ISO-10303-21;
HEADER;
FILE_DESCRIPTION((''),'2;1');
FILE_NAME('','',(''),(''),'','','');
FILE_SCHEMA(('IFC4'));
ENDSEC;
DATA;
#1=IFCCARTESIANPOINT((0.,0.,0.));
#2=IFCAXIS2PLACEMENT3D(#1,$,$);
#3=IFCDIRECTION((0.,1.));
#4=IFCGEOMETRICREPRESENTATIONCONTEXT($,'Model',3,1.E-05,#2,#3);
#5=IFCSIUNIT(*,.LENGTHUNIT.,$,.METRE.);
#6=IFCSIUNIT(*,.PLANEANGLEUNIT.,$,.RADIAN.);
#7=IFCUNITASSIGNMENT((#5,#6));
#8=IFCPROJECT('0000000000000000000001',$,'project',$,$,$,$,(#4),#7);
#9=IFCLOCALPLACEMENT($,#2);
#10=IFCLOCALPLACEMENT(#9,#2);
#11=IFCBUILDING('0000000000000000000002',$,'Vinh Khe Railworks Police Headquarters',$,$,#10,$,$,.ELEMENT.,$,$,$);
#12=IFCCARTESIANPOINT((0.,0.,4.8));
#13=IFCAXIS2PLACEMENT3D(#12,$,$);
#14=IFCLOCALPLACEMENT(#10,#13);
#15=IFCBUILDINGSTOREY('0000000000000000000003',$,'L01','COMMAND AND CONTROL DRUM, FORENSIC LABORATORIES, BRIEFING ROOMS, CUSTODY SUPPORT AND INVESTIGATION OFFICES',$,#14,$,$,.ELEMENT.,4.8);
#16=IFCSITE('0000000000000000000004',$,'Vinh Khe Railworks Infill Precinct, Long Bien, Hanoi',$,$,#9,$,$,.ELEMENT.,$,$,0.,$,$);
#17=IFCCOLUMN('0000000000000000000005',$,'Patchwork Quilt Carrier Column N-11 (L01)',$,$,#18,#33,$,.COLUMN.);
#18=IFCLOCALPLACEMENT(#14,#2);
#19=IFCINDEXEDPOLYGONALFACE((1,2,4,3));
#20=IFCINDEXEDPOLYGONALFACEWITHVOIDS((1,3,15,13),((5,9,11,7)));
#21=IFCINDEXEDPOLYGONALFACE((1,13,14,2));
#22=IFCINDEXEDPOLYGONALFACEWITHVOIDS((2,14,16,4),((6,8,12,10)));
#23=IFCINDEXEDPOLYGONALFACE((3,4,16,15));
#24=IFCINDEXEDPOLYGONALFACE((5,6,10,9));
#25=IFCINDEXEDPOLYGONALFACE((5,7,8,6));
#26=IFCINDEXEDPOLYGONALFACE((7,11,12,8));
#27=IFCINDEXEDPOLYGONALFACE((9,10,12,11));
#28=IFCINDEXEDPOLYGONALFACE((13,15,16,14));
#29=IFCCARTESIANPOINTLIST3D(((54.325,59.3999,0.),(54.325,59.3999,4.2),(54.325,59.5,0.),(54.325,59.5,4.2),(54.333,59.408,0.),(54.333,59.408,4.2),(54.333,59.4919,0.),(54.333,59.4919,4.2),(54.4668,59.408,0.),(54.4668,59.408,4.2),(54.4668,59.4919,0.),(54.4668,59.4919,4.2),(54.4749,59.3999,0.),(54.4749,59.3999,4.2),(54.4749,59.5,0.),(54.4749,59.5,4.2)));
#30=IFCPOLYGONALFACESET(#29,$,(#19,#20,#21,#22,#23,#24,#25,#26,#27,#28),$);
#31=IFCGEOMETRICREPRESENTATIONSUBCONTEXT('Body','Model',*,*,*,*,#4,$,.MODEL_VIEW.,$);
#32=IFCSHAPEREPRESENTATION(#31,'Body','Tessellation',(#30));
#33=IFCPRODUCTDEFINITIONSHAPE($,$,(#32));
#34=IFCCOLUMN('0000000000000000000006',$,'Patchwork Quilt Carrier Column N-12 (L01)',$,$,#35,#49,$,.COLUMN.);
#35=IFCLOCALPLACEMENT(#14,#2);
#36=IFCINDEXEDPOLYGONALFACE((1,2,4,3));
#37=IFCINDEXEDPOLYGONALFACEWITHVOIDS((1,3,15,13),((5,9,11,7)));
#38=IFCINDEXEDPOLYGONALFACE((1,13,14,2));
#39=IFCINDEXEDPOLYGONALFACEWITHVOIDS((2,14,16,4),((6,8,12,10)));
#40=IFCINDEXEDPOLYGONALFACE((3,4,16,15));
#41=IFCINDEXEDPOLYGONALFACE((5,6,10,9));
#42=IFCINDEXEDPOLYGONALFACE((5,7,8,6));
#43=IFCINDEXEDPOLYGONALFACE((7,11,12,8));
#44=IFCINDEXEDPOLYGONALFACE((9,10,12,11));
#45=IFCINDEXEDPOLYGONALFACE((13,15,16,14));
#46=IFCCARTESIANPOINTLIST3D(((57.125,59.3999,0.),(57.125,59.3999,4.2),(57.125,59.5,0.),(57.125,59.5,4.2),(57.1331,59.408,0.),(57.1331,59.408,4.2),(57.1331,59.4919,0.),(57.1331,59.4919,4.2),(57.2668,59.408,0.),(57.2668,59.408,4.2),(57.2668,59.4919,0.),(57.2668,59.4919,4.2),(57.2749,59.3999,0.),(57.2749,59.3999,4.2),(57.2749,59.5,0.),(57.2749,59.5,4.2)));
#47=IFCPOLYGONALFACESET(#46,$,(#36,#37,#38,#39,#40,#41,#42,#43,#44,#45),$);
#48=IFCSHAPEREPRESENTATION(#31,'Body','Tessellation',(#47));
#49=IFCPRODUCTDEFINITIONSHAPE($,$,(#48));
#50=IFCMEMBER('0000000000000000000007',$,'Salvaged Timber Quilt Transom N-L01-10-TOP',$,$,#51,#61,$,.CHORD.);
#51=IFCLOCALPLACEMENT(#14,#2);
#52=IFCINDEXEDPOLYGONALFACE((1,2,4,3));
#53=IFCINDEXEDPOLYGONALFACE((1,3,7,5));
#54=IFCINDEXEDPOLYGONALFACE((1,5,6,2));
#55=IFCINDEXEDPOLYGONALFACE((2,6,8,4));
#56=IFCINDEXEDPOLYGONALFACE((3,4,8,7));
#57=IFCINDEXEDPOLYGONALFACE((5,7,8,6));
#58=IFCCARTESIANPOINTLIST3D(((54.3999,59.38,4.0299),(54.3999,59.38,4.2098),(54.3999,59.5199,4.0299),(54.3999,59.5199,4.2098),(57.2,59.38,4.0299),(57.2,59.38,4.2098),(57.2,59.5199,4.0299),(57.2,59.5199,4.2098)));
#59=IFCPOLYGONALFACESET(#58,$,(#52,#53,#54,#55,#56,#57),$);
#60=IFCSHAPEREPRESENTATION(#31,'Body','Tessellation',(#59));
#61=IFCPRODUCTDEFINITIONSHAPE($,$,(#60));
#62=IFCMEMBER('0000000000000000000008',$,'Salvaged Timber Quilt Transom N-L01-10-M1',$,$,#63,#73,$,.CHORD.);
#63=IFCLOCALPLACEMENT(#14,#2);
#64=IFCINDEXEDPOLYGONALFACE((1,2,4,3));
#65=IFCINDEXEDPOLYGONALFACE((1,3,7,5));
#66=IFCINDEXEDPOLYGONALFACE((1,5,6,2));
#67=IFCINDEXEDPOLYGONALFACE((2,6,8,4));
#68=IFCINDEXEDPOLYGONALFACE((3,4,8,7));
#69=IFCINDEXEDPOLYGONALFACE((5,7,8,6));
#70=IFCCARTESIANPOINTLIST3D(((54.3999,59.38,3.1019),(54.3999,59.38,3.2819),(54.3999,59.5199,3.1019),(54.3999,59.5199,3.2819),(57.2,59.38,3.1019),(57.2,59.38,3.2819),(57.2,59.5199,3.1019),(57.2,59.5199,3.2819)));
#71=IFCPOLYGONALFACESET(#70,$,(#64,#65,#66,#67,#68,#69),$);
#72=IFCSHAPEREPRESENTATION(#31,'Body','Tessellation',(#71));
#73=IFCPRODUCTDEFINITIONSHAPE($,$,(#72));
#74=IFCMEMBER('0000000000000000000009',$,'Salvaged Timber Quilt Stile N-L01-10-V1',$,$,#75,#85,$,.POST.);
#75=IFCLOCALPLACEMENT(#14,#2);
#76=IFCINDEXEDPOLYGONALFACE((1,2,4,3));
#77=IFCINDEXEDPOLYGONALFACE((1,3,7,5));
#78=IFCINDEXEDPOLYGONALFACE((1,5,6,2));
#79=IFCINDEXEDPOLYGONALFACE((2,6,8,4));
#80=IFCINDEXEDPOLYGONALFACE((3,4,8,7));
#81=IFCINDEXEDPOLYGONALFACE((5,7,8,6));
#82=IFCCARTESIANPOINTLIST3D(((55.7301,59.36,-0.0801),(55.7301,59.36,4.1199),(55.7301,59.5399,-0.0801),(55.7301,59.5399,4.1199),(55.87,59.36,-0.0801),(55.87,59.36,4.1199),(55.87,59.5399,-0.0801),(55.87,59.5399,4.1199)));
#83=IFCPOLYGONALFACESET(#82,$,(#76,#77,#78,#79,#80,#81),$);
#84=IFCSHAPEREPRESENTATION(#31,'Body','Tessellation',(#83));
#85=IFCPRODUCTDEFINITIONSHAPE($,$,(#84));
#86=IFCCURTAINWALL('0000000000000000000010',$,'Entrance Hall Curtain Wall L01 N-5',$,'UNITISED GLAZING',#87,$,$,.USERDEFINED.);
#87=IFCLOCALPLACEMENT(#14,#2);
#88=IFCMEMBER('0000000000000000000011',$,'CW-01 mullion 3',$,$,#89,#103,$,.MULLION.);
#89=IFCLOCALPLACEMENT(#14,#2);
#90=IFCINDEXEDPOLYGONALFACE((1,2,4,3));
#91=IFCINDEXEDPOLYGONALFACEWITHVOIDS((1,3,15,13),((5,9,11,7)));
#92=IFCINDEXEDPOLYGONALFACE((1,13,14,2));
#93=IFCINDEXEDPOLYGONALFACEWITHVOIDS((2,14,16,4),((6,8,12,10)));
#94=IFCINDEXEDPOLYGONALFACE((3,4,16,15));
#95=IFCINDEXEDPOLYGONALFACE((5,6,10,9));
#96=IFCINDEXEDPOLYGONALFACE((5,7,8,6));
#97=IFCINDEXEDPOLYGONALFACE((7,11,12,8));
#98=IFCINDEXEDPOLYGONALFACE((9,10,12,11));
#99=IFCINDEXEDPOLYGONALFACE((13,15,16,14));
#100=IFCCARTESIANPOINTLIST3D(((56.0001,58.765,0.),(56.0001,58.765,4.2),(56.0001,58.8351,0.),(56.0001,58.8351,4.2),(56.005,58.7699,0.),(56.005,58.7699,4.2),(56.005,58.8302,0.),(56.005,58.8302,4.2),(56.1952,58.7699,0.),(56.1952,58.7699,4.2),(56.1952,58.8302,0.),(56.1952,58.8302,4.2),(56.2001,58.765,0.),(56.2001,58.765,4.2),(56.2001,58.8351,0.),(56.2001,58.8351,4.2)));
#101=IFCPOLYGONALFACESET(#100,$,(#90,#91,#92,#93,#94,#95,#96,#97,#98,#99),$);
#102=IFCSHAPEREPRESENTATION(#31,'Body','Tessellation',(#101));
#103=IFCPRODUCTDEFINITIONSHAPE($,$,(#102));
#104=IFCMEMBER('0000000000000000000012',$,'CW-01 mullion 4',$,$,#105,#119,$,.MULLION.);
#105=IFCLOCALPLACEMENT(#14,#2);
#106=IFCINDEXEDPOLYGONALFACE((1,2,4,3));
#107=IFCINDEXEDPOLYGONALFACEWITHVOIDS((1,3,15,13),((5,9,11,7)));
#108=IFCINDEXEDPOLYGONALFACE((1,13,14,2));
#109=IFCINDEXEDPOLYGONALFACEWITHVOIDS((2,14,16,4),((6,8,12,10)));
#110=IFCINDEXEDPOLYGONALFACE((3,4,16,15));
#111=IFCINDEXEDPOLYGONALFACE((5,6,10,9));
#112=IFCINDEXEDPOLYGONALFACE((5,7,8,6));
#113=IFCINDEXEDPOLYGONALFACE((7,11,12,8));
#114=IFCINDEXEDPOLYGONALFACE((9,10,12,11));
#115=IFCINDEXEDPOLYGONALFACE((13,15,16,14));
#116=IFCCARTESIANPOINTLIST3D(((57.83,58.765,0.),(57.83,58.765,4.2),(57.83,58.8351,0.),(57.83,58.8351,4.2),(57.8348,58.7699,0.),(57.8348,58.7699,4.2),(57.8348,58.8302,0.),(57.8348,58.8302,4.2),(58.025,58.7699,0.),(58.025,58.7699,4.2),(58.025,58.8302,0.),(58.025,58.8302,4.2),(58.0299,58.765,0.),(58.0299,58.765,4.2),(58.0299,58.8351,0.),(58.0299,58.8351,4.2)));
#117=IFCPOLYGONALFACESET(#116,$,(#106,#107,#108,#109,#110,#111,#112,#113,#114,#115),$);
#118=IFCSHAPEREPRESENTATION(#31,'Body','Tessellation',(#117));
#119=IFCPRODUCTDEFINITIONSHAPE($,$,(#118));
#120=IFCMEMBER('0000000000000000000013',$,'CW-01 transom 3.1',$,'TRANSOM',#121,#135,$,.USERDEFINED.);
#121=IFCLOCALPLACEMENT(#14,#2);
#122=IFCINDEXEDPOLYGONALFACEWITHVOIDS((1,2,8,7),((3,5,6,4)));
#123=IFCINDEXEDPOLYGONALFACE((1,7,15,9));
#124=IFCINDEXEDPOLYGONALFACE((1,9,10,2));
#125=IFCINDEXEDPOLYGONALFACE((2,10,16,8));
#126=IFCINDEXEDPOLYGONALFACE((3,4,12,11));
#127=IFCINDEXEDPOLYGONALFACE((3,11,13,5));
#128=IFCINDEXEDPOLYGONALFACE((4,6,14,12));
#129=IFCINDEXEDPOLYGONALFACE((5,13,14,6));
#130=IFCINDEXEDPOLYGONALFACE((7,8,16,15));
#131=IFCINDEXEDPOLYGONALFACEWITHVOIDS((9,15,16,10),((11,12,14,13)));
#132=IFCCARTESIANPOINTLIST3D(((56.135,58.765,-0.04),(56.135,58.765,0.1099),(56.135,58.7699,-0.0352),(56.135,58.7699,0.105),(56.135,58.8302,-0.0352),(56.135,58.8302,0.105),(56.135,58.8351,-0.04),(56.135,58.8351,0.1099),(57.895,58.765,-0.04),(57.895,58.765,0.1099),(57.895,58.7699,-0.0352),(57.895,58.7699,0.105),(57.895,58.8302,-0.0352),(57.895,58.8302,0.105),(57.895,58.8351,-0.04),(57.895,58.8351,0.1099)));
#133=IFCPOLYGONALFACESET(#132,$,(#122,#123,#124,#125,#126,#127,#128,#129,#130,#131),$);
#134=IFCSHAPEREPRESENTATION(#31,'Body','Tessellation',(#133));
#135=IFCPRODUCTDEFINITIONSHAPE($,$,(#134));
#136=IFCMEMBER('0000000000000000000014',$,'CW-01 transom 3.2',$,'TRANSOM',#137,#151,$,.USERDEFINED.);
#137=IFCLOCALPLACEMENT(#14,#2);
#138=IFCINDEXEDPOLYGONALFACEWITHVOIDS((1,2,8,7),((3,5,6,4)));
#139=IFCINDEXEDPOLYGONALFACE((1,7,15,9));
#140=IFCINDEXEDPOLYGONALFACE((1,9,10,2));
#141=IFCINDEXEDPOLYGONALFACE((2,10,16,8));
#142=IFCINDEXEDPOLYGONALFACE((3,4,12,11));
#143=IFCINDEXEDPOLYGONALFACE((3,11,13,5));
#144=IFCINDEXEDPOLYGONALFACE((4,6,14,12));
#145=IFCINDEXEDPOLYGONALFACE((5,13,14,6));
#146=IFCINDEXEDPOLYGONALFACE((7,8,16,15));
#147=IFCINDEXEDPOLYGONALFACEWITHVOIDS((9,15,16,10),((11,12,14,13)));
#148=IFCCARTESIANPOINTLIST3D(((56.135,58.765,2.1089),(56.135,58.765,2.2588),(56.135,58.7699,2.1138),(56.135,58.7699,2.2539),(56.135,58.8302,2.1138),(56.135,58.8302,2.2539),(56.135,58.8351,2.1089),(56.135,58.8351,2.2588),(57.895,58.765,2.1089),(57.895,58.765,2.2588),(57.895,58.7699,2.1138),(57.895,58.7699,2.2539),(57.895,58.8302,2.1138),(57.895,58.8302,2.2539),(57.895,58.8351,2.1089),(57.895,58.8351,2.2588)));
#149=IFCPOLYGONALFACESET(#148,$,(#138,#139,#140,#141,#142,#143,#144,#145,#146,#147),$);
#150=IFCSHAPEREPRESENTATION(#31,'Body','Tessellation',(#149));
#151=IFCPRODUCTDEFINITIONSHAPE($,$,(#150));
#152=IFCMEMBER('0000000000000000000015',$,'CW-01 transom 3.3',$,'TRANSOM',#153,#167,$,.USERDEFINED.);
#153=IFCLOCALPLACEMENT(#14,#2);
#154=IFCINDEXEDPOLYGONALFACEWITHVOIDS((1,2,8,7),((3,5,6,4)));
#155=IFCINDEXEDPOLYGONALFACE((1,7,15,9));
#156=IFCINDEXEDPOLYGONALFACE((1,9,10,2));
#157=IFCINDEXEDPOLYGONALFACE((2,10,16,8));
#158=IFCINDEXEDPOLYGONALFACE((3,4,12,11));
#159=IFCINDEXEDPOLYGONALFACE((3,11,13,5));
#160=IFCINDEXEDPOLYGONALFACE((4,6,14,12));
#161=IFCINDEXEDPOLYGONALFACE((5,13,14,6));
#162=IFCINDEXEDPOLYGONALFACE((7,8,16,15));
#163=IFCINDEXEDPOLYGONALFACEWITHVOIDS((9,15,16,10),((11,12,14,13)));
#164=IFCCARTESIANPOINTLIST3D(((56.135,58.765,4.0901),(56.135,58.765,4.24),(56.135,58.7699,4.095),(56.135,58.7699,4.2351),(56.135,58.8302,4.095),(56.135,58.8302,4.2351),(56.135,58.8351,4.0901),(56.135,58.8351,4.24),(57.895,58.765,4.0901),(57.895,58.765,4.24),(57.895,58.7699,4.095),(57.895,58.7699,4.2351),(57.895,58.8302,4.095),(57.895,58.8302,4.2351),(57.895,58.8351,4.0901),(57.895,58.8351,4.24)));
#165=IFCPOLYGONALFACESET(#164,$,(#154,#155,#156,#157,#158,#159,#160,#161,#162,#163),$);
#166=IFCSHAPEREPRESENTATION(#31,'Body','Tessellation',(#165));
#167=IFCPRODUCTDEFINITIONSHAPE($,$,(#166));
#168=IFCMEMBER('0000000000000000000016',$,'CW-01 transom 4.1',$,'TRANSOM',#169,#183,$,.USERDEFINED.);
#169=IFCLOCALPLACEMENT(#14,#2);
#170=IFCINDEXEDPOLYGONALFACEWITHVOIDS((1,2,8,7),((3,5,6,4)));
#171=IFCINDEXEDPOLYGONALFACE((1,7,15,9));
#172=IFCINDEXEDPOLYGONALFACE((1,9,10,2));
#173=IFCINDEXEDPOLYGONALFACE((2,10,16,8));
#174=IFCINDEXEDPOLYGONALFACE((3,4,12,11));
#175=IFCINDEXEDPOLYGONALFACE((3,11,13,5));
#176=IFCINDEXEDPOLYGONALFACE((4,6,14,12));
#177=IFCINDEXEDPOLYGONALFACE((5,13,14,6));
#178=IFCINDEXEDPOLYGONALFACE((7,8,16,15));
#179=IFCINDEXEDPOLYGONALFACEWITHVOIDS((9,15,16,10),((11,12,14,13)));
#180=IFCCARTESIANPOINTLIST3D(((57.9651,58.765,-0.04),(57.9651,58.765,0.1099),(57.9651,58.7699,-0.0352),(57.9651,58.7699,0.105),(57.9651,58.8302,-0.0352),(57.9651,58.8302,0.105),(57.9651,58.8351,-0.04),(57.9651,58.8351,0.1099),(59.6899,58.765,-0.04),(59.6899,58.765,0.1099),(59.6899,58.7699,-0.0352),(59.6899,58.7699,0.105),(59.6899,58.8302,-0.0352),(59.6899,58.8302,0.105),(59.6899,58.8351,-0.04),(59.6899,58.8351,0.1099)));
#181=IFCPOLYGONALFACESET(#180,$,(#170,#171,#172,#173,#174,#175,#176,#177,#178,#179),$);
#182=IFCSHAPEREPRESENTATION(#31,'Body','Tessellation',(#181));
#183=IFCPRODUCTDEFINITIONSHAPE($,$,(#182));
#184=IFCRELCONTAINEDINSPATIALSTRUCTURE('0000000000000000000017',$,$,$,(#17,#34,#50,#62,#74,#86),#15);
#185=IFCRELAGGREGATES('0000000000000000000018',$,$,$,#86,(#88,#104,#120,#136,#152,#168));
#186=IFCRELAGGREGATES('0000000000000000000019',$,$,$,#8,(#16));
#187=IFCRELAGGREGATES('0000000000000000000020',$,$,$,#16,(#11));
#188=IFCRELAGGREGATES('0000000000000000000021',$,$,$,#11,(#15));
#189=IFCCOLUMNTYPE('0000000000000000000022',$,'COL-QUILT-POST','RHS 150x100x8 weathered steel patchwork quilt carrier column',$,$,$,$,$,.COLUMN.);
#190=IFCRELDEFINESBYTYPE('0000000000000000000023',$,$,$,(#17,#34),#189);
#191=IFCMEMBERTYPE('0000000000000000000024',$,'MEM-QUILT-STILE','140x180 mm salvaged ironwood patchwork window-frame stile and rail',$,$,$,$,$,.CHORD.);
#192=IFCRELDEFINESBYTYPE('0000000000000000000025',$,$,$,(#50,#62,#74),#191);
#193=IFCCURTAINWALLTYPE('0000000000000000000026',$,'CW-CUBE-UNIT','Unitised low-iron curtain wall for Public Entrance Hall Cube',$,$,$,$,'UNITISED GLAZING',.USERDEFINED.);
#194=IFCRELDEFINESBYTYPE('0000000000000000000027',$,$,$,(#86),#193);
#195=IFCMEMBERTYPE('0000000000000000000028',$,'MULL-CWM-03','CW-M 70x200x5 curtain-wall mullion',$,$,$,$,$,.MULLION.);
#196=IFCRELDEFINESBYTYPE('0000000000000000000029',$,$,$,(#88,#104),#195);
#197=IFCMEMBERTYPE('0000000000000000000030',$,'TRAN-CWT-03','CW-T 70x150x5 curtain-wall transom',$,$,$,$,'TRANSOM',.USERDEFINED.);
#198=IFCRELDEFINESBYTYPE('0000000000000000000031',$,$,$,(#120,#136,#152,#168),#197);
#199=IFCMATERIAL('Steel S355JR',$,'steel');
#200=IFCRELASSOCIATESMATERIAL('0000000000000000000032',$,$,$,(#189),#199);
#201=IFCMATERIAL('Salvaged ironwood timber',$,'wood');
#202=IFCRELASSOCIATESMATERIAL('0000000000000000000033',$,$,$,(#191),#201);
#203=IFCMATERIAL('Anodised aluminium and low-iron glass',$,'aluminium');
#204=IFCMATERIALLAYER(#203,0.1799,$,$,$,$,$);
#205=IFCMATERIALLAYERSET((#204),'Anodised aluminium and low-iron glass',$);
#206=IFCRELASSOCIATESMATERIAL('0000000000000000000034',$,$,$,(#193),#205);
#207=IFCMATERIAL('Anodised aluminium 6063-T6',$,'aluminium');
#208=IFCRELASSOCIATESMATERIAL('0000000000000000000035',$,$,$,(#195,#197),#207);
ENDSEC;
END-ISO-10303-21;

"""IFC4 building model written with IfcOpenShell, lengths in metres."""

from ifc_helpers import new_model, si_unit, direction, frame, origin, origin_2d, place, context, subcontext, project, spatial, rectangle, hollow_rectangle, extrude, material, layer, layer_set, material_profile, profile_set, type_object, element, aggregate, save


model = new_model("IFC4")

# Units and contexts
model_context = context("Model", 3, precision=1e-05, world=origin(), true_north=direction((0.0, 1.0)))
body_context = subcontext(model_context, "Body", "Model", "MODEL_VIEW")
ifc_project = project(units=[si_unit("LENGTHUNIT", "METRE"), si_unit("PLANEANGLEUNIT", "RADIAN")], contexts=[model_context])

# Site, building, storey
site_placement = place(None, origin())
site = spatial("IfcSite", under=ifc_project, at=site_placement, Name="Vinh Khe Railworks Infill Precinct, Long Bien, Hanoi", CompositionType="ELEMENT", RefElevation=0.0)
building_placement = place(site_placement, origin())
building = spatial("IfcBuilding", under=site, at=building_placement, Name="Vinh Khe Railworks Police Headquarters", CompositionType="ELEMENT")
storey_placement = place(building_placement, frame((0.0, 0.0, 4.8)))
storey = spatial("IfcBuildingStorey", under=building, at=storey_placement, Name="L01", Description="COMMAND AND CONTROL DRUM, FORENSIC LABORATORIES, BRIEFING ROOMS, CUSTODY SUPPORT AND INVESTIGATION OFFICES", CompositionType="ELEMENT", Elevation=4.8)

# Columns
ifc_material_1 = material(Name="Steel S355JR", Category="steel")
ifc_material_profile_1 = material_profile(ifc_material_1, hollow_rectangle(XDim=0.1499, YDim=0.1001, WallThickness=0.0081, at=origin_2d()), Name="RHS 150x100x8")
ifc_profile_set_1 = profile_set([ifc_material_profile_1], Name="Steel S355JR")
column_type = type_object("IfcColumnType", Name="COL-QUILT-POST", Description="RHS 150x100x8 weathered steel patchwork quilt carrier column", PredefinedType="COLUMN", material=ifc_profile_set_1)
for number, where, z_axis, x_axis, name in (
    (1, (54.3999, 59.45, 0.0), (0.0, 0.0, 1.0), (1.0, 0.0, 0.0), "Patchwork Quilt Carrier Column N-11 (L01)"),
    (2, (57.2, 59.45, 0.0), (0.0, 0.0, 1.0), (1.0, 0.0, 0.0), "Patchwork Quilt Carrier Column N-12 (L01)"),
):
    element("IfcColumn", number, at=place(storey_placement, frame(where, z_axis=z_axis, x_axis=x_axis)), inside=storey, type_object=column_type, Name=name, PredefinedType="COLUMN", context=body_context, shape_type="SweptSolid", body=[
        extrude(hollow_rectangle(XDim=0.1499, YDim=0.1001, WallThickness=0.0081, at=origin_2d()), origin(), (0.0, 0.0, 1.0), 4.2),
    ])

# Members
ifc_material_2 = material(Name="Salvaged ironwood timber", Category="wood")
ifc_material_profile_2 = material_profile(ifc_material_2, rectangle(XDim=0.1399, YDim=0.1799, at=origin_2d()), Name="TIMBER 140x180")
ifc_profile_set_2 = profile_set([ifc_material_profile_2], Name="Salvaged ironwood timber")
member_type_1 = type_object("IfcMemberType", Name="MEM-QUILT-STILE", Description="140x180 mm salvaged ironwood patchwork window-frame stile and rail", PredefinedType="CHORD", material=ifc_profile_set_2)
for number, where, z_axis, x_axis, name in (
    (3, (54.3999, 59.45, 4.1199), (1.0, 0.0, 0.0), (0.0, 1.0, 0.0), "Salvaged Timber Quilt Transom N-L01-10-TOP"),
    (4, (54.3999, 59.45, 3.1919), (1.0, 0.0, 0.0), (0.0, 1.0, 0.0), "Salvaged Timber Quilt Transom N-L01-10-M1"),
):
    element("IfcMember", number, at=place(storey_placement, frame(where, z_axis=z_axis, x_axis=x_axis)), inside=storey, type_object=member_type_1, Name=name, PredefinedType="CHORD", context=body_context, shape_type="SweptSolid", body=[
        extrude(rectangle(XDim=0.1399, YDim=0.1799, at=origin_2d()), origin(), (0.0, 0.0, 1.0), 2.8),
    ])
member_1_placement = place(storey_placement, frame((55.8, 59.45, -0.0801), z_axis=(0.0, 0.0, 1.0), x_axis=(1.0, 0.0, 0.0)))
element("IfcMember", 5, at=member_1_placement, inside=storey, type_object=member_type_1, Name="Salvaged Timber Quilt Stile N-L01-10-V1", PredefinedType="POST", context=body_context, shape_type="SweptSolid", body=[
    extrude(rectangle(XDim=0.1399, YDim=0.1799, at=origin_2d()), origin(), (0.0, 0.0, 1.0), 4.2),
])

# Curtain wall, members
ifc_material_3 = material(Name="Anodised aluminium and low-iron glass", Category="aluminium")
ifc_layer_1 = layer(ifc_material_3, 0.1799)
ifc_layer_set_1 = layer_set([ifc_layer_1], Name="Anodised aluminium and low-iron glass")
curtain_wall_type = type_object("IfcCurtainWallType", Name="CW-CUBE-UNIT", Description="Unitised low-iron curtain wall for Public Entrance Hall Cube", ElementType="UNITISED GLAZING", PredefinedType="USERDEFINED", material=ifc_layer_set_1)
curtain_wall_placement = place(storey_placement, origin())
curtain_wall = element("IfcCurtainWall", 6, at=curtain_wall_placement, inside=storey, type_object=curtain_wall_type, Name="Entrance Hall Curtain Wall L01 N-5", ObjectType="UNITISED GLAZING", PredefinedType="USERDEFINED")
ifc_material_4 = material(Name="Anodised aluminium 6063-T6", Category="aluminium")
ifc_material_profile_3 = material_profile(ifc_material_4, hollow_rectangle(XDim=0.0701, YDim=0.2, WallThickness=0.0049, at=origin_2d()), Name="CW-M 70x200x5")
ifc_profile_set_3 = profile_set([ifc_material_profile_3], Name="Anodised aluminium 6063-T6")
member_type_2 = type_object("IfcMemberType", Name="MULL-CWM-03", Description="CW-M 70x200x5 curtain-wall mullion", PredefinedType="MULLION", material=ifc_profile_set_3)
member_2_placement = place(storey_placement, frame((56.1001, 58.8, 0.0), z_axis=(0.0, 0.0, 1.0), x_axis=(0.0, 1.0, 0.0)))
member_2 = element("IfcMember", 7, at=member_2_placement, type_object=member_type_2, Name="CW-01 mullion 3", PredefinedType="MULLION", context=body_context, shape_type="SweptSolid", body=[
    extrude(hollow_rectangle(XDim=0.0701, YDim=0.2, WallThickness=0.0049, at=origin_2d()), origin(), (0.0, 0.0, 1.0), 4.2),
])
member_3_placement = place(storey_placement, frame((57.9299, 58.8, 0.0), z_axis=(0.0, 0.0, 1.0), x_axis=(0.0, 1.0, 0.0)))
member_3 = element("IfcMember", 8, at=member_3_placement, type_object=member_type_2, Name="CW-01 mullion 4", PredefinedType="MULLION", context=body_context, shape_type="SweptSolid", body=[
    extrude(hollow_rectangle(XDim=0.0701, YDim=0.2, WallThickness=0.0049, at=origin_2d()), origin(), (0.0, 0.0, 1.0), 4.2),
])
ifc_material_profile_4 = material_profile(ifc_material_4, hollow_rectangle(XDim=0.0701, YDim=0.1499, WallThickness=0.0049, at=origin_2d()), Name="CW-T 70x150x5")
ifc_profile_set_4 = profile_set([ifc_material_profile_4], Name="Anodised aluminium 6063-T6")
member_type_3 = type_object("IfcMemberType", Name="TRAN-CWT-03", Description="CW-T 70x150x5 curtain-wall transom", ElementType="TRANSOM", PredefinedType="USERDEFINED", material=ifc_profile_set_4)
member_4_placement = place(storey_placement, frame((56.135, 58.8, 0.0349), z_axis=(1.0, 0.0, 0.0), x_axis=(0.0, 1.0, 0.0)))
member_4 = element("IfcMember", 9, at=member_4_placement, type_object=member_type_3, Name="CW-01 transom 3.1", ObjectType="TRANSOM", PredefinedType="USERDEFINED", context=body_context, shape_type="SweptSolid", body=[
    extrude(hollow_rectangle(XDim=0.0701, YDim=0.1499, WallThickness=0.0049, at=origin_2d()), origin(), (0.0, 0.0, 1.0), 1.76),
])
member_5_placement = place(storey_placement, frame((56.135, 58.8, 2.1838), z_axis=(1.0, 0.0, 0.0), x_axis=(0.0, 1.0, 0.0)))
member_5 = element("IfcMember", 10, at=member_5_placement, type_object=member_type_3, Name="CW-01 transom 3.2", ObjectType="TRANSOM", PredefinedType="USERDEFINED", context=body_context, shape_type="SweptSolid", body=[
    extrude(hollow_rectangle(XDim=0.0701, YDim=0.1499, WallThickness=0.0049, at=origin_2d()), origin(), (0.0, 0.0, 1.0), 1.76),
])
member_6_placement = place(storey_placement, frame((56.135, 58.8, 4.165), z_axis=(1.0, 0.0, 0.0), x_axis=(0.0, 1.0, 0.0)))
member_6 = element("IfcMember", 11, at=member_6_placement, type_object=member_type_3, Name="CW-01 transom 3.3", ObjectType="TRANSOM", PredefinedType="USERDEFINED", context=body_context, shape_type="SweptSolid", body=[
    extrude(hollow_rectangle(XDim=0.0701, YDim=0.1499, WallThickness=0.0049, at=origin_2d()), origin(), (0.0, 0.0, 1.0), 1.76),
])
member_7_placement = place(storey_placement, frame((57.9651, 58.8, 0.0349), z_axis=(1.0, 0.0, 0.0), x_axis=(0.0, 1.0, 0.0)))
member_7 = element("IfcMember", 12, at=member_7_placement, type_object=member_type_3, Name="CW-01 transom 4.1", ObjectType="TRANSOM", PredefinedType="USERDEFINED", context=body_context, shape_type="SweptSolid", body=[
    extrude(hollow_rectangle(XDim=0.0701, YDim=0.1499, WallThickness=0.0049, at=origin_2d()), origin(), (0.0, 0.0, 1.0), 1.7249),
])
aggregate(curtain_wall, [member_2, member_3, member_4, member_5, member_6, member_7])

save(model, "model.ifc")
